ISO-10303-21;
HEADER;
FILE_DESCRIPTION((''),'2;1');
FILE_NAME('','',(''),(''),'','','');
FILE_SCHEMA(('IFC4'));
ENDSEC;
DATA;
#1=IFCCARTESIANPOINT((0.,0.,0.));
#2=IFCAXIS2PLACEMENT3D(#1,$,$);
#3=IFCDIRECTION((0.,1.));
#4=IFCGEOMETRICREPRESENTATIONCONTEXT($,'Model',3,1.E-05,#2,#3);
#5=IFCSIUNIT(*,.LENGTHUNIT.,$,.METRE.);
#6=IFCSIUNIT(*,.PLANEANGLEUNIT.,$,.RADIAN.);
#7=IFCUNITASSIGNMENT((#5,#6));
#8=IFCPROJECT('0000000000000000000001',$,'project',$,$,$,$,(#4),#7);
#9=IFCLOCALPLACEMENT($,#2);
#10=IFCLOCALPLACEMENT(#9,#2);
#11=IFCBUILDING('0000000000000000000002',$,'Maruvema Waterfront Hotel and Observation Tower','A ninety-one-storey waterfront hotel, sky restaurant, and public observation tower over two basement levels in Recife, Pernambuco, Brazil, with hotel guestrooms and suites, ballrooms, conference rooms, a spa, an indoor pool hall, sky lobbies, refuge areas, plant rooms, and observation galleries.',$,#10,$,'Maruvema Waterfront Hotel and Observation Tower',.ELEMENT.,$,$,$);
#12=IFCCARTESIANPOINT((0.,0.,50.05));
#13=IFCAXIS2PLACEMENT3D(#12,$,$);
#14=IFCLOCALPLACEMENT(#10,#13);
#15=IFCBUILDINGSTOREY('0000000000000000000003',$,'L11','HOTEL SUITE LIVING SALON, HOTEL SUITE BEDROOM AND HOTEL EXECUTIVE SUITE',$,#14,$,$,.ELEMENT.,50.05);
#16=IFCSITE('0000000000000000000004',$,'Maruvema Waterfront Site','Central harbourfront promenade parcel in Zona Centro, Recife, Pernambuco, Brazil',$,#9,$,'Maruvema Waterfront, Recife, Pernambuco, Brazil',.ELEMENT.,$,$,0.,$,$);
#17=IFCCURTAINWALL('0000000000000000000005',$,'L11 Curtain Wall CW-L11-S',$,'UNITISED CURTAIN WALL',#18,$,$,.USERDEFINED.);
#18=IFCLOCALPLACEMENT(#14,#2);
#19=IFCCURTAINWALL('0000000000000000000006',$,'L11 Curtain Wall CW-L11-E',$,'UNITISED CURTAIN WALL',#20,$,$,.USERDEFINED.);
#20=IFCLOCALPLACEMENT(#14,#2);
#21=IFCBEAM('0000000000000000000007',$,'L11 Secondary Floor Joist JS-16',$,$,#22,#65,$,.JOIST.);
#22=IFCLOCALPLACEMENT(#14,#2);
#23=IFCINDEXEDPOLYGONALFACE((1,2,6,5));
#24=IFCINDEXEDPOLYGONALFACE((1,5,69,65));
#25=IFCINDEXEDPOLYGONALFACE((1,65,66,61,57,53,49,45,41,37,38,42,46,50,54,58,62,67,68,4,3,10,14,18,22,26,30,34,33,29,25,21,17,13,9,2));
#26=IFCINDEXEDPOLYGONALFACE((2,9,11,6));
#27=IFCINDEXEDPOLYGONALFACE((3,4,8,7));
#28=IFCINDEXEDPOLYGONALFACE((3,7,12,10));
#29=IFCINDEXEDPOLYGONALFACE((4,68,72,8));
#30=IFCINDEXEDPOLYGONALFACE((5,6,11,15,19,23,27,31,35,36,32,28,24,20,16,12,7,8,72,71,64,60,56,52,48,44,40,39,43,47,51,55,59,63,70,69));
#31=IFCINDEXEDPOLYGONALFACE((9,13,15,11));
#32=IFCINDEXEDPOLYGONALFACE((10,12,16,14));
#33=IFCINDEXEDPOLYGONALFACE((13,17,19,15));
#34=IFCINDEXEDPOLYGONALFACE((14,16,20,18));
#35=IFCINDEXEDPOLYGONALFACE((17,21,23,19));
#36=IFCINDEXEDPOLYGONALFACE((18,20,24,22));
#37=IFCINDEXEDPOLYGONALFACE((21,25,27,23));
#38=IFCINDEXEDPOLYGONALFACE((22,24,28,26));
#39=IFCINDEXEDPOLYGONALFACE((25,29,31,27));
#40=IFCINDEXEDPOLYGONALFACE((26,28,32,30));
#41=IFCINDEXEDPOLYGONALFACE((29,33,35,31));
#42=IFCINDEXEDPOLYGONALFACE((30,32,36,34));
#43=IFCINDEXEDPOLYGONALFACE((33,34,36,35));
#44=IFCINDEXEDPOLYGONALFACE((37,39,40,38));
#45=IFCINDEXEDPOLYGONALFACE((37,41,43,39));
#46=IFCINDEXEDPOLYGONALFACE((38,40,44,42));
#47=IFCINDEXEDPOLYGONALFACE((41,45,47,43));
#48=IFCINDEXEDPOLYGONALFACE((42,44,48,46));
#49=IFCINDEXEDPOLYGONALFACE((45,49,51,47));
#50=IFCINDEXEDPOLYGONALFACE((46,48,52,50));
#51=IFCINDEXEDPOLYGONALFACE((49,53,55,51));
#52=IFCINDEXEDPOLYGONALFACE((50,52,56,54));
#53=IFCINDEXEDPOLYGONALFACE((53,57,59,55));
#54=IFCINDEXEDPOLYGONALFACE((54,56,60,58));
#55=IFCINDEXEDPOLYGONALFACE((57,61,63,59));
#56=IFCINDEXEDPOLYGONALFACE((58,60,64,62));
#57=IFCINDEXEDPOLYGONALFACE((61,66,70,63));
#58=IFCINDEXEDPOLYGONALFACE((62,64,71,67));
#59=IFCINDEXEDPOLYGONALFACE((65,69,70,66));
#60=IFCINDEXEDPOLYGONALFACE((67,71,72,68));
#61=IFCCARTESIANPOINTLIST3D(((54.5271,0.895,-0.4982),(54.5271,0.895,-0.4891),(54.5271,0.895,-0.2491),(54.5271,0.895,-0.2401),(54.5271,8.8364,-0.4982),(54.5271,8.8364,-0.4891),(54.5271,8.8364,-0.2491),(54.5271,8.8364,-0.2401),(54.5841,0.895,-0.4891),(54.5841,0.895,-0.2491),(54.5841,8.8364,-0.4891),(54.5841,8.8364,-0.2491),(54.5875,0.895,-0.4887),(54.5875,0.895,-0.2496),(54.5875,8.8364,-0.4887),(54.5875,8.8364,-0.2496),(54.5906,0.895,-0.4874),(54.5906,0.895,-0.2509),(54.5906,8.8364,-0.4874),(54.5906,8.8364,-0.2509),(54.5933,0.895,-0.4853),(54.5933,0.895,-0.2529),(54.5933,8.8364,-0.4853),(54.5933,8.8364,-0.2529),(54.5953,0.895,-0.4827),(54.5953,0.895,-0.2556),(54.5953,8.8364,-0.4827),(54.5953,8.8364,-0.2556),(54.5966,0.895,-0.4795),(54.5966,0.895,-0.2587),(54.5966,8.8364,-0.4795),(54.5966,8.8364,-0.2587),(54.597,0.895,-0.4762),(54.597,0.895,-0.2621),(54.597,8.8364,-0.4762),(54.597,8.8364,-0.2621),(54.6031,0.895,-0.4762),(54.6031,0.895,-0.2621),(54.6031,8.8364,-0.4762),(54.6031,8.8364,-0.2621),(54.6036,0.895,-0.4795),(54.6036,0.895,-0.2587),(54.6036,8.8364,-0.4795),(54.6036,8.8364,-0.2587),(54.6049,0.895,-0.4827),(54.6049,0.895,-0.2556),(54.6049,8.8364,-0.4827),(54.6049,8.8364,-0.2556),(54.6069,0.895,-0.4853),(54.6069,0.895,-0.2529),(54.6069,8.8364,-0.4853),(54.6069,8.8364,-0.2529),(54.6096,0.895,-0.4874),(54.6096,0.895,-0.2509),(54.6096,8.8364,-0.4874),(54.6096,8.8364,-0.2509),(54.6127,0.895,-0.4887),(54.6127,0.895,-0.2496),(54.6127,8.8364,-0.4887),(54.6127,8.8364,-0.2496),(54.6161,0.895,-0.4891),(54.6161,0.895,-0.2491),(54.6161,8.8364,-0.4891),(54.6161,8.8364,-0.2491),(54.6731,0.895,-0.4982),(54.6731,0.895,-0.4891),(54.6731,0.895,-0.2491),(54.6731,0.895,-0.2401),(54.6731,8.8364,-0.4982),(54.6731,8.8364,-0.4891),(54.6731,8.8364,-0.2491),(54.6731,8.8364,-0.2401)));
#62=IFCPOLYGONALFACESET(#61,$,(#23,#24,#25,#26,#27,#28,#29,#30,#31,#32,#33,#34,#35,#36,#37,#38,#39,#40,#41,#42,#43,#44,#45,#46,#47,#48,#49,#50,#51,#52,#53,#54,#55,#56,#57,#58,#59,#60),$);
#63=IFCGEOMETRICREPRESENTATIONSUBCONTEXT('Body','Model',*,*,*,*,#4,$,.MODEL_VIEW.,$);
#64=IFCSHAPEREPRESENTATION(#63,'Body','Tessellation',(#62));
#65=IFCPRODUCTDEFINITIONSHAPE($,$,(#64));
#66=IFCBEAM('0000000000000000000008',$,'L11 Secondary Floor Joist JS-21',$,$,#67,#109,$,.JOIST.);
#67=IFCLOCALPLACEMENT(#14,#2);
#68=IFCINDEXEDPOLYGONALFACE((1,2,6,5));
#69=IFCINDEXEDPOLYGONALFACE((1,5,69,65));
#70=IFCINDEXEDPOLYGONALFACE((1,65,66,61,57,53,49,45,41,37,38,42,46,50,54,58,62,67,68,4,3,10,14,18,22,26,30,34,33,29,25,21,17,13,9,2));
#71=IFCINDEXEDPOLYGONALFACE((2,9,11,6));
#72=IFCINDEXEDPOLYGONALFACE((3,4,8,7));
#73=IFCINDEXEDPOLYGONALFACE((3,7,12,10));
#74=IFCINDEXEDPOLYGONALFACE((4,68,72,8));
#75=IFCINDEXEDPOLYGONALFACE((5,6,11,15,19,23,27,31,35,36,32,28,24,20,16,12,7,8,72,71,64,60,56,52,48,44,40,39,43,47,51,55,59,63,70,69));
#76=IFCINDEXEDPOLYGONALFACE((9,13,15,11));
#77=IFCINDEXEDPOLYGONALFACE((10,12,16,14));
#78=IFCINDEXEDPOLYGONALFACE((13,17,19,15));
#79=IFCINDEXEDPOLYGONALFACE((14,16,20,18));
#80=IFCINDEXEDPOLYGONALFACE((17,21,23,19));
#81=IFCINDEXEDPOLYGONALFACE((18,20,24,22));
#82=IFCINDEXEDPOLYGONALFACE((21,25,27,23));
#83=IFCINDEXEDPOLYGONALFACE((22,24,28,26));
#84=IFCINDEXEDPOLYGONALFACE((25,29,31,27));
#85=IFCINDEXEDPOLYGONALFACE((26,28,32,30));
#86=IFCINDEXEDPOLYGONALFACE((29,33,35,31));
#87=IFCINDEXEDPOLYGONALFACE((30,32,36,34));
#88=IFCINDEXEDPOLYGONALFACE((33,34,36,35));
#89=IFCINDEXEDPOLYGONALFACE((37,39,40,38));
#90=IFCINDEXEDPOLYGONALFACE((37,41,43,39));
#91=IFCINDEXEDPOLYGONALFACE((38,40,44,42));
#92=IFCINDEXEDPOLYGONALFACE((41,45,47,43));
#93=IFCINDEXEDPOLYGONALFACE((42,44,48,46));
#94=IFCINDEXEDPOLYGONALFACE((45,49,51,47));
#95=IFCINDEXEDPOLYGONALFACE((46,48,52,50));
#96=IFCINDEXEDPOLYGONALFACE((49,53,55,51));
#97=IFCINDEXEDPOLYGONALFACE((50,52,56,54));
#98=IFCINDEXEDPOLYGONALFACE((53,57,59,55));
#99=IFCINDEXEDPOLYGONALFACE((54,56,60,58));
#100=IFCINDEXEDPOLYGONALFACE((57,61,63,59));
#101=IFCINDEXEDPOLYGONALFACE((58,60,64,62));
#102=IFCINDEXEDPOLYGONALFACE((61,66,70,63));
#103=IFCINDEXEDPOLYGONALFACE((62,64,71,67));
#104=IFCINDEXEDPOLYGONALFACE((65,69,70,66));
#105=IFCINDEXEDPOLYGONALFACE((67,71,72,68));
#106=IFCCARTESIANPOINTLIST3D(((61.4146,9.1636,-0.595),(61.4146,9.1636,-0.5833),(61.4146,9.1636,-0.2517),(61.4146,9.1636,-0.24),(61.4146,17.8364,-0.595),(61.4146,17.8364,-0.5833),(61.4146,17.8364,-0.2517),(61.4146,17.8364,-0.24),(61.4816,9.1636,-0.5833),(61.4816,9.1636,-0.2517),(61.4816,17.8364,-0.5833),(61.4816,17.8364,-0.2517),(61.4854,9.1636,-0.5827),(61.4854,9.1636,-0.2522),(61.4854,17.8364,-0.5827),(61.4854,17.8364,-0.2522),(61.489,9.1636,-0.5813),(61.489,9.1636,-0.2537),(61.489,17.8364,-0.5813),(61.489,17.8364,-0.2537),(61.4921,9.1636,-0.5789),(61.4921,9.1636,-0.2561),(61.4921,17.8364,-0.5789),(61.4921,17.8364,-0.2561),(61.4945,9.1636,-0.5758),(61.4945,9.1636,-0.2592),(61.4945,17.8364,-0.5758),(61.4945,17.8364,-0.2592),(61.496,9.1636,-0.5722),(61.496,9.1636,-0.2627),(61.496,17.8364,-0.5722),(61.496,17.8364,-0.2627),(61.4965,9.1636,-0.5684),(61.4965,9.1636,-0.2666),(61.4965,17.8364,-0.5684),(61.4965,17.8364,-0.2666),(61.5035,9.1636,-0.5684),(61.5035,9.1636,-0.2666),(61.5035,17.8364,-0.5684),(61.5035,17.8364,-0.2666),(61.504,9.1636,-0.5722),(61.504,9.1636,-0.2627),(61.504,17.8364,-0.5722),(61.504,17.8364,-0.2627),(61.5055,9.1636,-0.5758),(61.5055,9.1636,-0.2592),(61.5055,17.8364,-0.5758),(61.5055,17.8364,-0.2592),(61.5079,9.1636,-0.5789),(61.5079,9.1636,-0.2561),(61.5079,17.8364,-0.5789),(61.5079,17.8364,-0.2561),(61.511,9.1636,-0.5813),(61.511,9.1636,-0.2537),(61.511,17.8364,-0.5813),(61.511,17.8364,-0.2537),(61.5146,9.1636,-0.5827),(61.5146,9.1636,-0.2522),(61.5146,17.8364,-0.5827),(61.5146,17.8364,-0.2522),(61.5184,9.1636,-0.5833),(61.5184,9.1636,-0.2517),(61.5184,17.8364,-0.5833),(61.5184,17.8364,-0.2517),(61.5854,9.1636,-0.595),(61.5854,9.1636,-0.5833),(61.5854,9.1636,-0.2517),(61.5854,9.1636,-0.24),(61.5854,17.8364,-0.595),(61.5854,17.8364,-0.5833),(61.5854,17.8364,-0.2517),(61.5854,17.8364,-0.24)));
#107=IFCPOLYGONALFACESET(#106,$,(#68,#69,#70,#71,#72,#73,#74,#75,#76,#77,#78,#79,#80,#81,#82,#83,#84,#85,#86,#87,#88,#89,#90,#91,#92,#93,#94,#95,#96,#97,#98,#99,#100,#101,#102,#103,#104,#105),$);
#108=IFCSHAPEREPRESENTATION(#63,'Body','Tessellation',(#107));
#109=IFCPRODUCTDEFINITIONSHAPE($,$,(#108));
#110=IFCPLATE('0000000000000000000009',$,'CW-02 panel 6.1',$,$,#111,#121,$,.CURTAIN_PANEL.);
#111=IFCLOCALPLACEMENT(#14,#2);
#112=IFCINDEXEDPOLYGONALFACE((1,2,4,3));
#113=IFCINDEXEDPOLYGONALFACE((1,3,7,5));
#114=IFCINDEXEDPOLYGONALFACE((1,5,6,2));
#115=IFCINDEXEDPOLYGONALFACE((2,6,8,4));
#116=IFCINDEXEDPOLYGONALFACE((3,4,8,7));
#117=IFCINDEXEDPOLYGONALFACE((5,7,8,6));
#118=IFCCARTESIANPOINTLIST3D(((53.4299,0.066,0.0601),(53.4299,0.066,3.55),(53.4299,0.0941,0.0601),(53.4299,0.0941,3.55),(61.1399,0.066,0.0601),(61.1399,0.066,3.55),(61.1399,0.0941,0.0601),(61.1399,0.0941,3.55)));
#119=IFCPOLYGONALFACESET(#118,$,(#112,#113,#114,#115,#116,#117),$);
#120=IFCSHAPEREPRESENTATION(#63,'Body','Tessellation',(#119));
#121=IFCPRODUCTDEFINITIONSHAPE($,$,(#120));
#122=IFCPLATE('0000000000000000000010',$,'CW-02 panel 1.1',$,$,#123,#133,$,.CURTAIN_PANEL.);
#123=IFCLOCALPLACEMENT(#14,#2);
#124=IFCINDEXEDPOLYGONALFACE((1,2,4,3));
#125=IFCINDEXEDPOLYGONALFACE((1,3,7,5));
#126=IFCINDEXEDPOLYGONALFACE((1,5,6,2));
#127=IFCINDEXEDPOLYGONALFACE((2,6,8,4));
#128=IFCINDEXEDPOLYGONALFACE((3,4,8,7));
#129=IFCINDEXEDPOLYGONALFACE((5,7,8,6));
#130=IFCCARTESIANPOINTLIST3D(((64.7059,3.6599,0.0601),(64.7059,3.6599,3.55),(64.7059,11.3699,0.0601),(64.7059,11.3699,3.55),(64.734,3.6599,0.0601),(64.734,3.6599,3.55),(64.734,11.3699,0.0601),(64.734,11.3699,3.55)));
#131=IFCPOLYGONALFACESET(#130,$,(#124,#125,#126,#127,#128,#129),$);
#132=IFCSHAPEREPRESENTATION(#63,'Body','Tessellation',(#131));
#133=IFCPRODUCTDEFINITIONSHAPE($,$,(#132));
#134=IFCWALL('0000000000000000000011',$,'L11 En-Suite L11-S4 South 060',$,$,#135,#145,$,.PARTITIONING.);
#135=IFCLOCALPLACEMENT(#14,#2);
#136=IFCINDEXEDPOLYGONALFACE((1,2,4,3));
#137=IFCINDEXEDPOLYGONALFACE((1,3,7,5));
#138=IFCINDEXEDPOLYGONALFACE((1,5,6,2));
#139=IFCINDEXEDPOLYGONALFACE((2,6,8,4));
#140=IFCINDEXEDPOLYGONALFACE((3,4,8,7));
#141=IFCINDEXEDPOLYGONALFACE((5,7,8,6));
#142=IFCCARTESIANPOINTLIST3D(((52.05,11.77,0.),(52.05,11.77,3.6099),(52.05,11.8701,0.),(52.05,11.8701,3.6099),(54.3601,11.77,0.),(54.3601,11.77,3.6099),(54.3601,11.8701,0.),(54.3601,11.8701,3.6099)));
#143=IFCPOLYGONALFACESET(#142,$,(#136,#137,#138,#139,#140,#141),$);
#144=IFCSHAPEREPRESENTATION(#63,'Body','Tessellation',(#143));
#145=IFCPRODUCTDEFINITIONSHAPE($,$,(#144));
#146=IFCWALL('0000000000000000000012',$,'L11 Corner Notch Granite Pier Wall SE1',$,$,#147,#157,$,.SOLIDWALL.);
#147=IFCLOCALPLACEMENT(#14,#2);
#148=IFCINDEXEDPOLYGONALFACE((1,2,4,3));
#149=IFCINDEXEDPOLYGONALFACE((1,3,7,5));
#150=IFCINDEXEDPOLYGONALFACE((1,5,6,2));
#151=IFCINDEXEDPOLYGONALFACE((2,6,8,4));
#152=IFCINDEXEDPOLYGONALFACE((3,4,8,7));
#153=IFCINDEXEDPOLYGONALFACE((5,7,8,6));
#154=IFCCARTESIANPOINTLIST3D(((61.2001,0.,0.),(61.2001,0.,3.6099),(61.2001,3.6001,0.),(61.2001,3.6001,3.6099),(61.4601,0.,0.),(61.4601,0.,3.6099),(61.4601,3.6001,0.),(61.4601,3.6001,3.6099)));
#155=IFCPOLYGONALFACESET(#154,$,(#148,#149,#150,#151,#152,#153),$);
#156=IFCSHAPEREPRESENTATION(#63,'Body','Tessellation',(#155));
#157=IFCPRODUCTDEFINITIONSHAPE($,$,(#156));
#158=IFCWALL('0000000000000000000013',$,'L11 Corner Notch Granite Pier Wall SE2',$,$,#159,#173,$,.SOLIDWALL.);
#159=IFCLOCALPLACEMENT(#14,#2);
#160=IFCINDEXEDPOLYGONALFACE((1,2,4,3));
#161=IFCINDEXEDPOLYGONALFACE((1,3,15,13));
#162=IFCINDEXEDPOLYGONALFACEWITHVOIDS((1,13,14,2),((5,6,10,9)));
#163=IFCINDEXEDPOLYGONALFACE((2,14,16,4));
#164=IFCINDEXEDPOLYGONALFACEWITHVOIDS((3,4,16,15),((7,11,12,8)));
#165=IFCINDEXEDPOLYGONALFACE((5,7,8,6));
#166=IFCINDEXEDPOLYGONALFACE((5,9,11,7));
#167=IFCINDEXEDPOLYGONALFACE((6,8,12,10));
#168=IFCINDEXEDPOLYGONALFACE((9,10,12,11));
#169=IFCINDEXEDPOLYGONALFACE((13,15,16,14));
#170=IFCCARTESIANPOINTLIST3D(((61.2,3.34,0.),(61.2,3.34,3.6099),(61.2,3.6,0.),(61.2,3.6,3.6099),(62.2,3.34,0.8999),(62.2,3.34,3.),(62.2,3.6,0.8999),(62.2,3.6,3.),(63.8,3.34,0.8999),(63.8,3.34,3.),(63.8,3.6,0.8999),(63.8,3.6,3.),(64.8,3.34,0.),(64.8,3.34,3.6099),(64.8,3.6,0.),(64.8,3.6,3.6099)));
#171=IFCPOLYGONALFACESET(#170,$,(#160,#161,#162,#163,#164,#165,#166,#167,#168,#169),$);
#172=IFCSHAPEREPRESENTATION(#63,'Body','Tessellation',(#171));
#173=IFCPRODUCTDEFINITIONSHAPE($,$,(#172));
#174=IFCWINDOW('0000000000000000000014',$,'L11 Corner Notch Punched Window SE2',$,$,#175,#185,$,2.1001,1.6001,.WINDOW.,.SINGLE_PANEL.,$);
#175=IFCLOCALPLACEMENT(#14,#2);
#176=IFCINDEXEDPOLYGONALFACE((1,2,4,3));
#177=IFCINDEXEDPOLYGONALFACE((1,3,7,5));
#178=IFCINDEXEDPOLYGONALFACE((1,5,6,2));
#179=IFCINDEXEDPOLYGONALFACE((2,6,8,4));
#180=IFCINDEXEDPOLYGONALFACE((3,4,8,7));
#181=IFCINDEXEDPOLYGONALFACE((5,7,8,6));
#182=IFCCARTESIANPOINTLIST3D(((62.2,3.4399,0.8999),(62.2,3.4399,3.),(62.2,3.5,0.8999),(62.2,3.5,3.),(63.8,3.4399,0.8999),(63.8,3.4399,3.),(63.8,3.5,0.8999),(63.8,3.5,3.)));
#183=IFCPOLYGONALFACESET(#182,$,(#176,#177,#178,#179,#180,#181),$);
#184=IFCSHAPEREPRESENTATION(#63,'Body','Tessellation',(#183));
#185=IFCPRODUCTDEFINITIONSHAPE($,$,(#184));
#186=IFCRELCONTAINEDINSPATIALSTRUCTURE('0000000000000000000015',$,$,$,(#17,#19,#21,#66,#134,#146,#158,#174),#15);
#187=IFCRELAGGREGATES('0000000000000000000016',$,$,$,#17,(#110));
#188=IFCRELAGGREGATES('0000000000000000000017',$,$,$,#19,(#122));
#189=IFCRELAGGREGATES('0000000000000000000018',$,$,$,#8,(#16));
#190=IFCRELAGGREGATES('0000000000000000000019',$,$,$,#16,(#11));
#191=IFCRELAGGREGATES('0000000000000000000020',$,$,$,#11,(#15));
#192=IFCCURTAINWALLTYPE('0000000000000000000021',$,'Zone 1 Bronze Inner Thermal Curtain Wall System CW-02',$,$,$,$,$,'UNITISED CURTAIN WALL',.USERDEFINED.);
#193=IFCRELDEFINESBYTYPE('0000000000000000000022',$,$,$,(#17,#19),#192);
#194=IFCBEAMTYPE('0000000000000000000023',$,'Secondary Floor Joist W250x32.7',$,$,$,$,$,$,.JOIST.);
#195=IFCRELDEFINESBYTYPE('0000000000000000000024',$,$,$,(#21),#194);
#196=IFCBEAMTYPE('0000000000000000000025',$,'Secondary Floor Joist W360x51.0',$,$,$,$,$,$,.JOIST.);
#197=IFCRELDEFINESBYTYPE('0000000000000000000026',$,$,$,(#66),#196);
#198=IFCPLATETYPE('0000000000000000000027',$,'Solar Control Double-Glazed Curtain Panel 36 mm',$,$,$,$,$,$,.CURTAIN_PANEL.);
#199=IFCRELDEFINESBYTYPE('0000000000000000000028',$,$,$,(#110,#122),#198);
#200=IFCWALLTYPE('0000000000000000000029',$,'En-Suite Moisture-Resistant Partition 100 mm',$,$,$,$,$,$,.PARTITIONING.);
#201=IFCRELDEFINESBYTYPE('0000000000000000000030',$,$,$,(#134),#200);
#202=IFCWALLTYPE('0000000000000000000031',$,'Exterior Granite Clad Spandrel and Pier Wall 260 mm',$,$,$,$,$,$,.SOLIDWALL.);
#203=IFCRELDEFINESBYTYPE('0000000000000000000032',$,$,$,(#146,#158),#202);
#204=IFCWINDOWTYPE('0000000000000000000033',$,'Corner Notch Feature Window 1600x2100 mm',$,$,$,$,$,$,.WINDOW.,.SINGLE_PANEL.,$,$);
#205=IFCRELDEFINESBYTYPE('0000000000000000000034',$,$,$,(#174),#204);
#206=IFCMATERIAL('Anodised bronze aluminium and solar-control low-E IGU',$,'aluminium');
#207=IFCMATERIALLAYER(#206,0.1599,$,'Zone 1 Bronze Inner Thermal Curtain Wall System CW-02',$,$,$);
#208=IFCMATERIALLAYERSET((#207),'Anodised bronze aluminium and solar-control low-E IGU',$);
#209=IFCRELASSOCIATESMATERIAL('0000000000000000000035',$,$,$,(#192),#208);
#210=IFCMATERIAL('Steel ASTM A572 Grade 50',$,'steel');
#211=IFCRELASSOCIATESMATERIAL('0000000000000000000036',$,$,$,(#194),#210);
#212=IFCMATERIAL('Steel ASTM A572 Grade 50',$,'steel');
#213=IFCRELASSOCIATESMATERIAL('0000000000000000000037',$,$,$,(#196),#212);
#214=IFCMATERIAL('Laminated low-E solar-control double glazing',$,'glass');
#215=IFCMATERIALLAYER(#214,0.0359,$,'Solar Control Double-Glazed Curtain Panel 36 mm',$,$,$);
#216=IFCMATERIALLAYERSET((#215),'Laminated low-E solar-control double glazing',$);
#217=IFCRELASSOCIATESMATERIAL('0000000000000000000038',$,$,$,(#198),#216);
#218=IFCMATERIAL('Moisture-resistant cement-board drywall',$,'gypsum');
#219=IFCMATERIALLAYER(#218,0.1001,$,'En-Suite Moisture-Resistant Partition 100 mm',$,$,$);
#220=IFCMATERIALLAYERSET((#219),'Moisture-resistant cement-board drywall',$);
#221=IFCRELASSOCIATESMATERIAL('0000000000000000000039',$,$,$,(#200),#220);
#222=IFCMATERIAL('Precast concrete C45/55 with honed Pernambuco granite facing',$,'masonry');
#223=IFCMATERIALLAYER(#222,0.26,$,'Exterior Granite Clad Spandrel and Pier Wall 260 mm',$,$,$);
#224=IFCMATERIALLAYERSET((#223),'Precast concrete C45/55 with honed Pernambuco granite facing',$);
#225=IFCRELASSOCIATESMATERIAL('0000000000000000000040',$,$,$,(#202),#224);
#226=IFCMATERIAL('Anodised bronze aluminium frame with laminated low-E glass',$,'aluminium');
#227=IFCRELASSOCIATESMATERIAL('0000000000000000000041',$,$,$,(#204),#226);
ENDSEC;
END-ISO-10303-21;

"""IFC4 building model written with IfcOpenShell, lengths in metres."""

from ifc_helpers import new_model, si_unit, direction, frame, frame_2d, origin, origin_2d, place, context, subcontext, project, spatial, rectangle, i_section, extrude, material, layer, layer_set, material_profile, profile_set, type_object, element, fill, aggregate, save


model = new_model("IFC4")

# Units and contexts
model_context = context("Model", 3, precision=1e-05, world=origin(), true_north=direction((0.0, 1.0)))
body_context = subcontext(model_context, "Body", "Model", "MODEL_VIEW")
ifc_project = project(units=[si_unit("LENGTHUNIT", "METRE"), si_unit("PLANEANGLEUNIT", "RADIAN")], contexts=[model_context])

# Site, building, storey
site_placement = place(None, origin())
site = spatial("IfcSite", under=ifc_project, at=site_placement, Name="Maruvema Waterfront Site", Description="Central harbourfront promenade parcel in Zona Centro, Recife, Pernambuco, Brazil", LongName="Maruvema Waterfront, Recife, Pernambuco, Brazil", CompositionType="ELEMENT", RefElevation=0.0)
building_placement = place(site_placement, origin())
building = spatial("IfcBuilding", under=site, at=building_placement, Name="Maruvema Waterfront Hotel and Observation Tower", Description="A ninety-one-storey waterfront hotel, sky restaurant, and public observation tower over two basement levels in Recife, Pernambuco, Brazil, with hotel guestrooms and suites, ballrooms, conference rooms, a spa, an indoor pool hall, sky lobbies, refuge areas, plant rooms, and observation galleries.", LongName="Maruvema Waterfront Hotel and Observation Tower", CompositionType="ELEMENT")
storey_placement = place(building_placement, frame((0.0, 0.0, 50.05)))
storey = spatial("IfcBuildingStorey", under=building, at=storey_placement, Name="L11", Description="HOTEL SUITE LIVING SALON, HOTEL SUITE BEDROOM AND HOTEL EXECUTIVE SUITE", CompositionType="ELEMENT", Elevation=50.05)

# Curtain walls
ifc_material_1 = material(Name="Anodised bronze aluminium and solar-control low-E IGU", Category="aluminium")
ifc_layer_1 = layer(ifc_material_1, 0.1599, Name="Zone 1 Bronze Inner Thermal Curtain Wall System CW-02")
ifc_layer_set_1 = layer_set([ifc_layer_1], Name="Anodised bronze aluminium and solar-control low-E IGU")
curtain_wall_type = type_object("IfcCurtainWallType", Name="Zone 1 Bronze Inner Thermal Curtain Wall System CW-02", ElementType="UNITISED CURTAIN WALL", PredefinedType="USERDEFINED", material=ifc_layer_set_1)
curtain_wall_1_placement = place(storey_placement, origin())
curtain_wall_1 = element("IfcCurtainWall", 1, at=curtain_wall_1_placement, inside=storey, type_object=curtain_wall_type, Name="L11 Curtain Wall CW-L11-S", ObjectType="UNITISED CURTAIN WALL", PredefinedType="USERDEFINED")
curtain_wall_2_placement = place(storey_placement, origin())
curtain_wall_2 = element("IfcCurtainWall", 2, at=curtain_wall_2_placement, inside=storey, type_object=curtain_wall_type, Name="L11 Curtain Wall CW-L11-E", ObjectType="UNITISED CURTAIN WALL", PredefinedType="USERDEFINED")

# Beams
ifc_material_2 = material(Name="Steel ASTM A572 Grade 50", Category="steel")
ifc_material_profile_1 = material_profile(ifc_material_2, i_section(OverallWidth=0.146, OverallDepth=0.2581, WebThickness=0.0061, FlangeThickness=0.009, FilletRadius=0.0129, at=origin_2d()), Name="W250x32.7")
ifc_profile_set_1 = profile_set([ifc_material_profile_1], Name="Steel ASTM A572 Grade 50")
beam_type_1 = type_object("IfcBeamType", Name="Secondary Floor Joist W250x32.7", PredefinedType="JOIST", material=ifc_profile_set_1)
beam_1_placement = place(storey_placement, frame((54.6001, 0.895, -0.3691), z_axis=(0.0, 1.0, 0.0), x_axis=(-1.0, 0.0, 0.0)))
element("IfcBeam", 3, at=beam_1_placement, inside=storey, type_object=beam_type_1, Name="L11 Secondary Floor Joist JS-16", PredefinedType="JOIST", context=body_context, shape_type="SweptSolid", body=[
    extrude(i_section(OverallWidth=0.146, OverallDepth=0.2581, WebThickness=0.0061, FlangeThickness=0.009, FilletRadius=0.0129, at=origin_2d()), origin(), (0.0, 0.0, 1.0), 7.9414),
])
ifc_material_3 = material(Name="Steel ASTM A572 Grade 50", Category="steel")
ifc_material_profile_2 = material_profile(ifc_material_3, i_section(OverallWidth=0.1709, OverallDepth=0.355, WebThickness=0.0071, FlangeThickness=0.0117, FilletRadius=0.0149, at=origin_2d()), Name="W360x51.0")
ifc_profile_set_2 = profile_set([ifc_material_profile_2], Name="Steel ASTM A572 Grade 50")
beam_type_2 = type_object("IfcBeamType", Name="Secondary Floor Joist W360x51.0", PredefinedType="JOIST", material=ifc_profile_set_2)
beam_2_placement = place(storey_placement, frame((61.5, 9.1636, -0.4175), z_axis=(0.0, 1.0, 0.0), x_axis=(-1.0, 0.0, 0.0)))
element("IfcBeam", 4, at=beam_2_placement, inside=storey, type_object=beam_type_2, Name="L11 Secondary Floor Joist JS-21", PredefinedType="JOIST", context=body_context, shape_type="SweptSolid", body=[
    extrude(i_section(OverallWidth=0.1709, OverallDepth=0.355, WebThickness=0.0071, FlangeThickness=0.0117, FilletRadius=0.0149, at=origin_2d()), origin(), (0.0, 0.0, 1.0), 8.6729),
])

# Plates
ifc_material_4 = material(Name="Laminated low-E solar-control double glazing", Category="glass")
ifc_layer_2 = layer(ifc_material_4, 0.0359, Name="Solar Control Double-Glazed Curtain Panel 36 mm")
ifc_layer_set_2 = layer_set([ifc_layer_2], Name="Laminated low-E solar-control double glazing")
plate_type = type_object("IfcPlateType", Name="Solar Control Double-Glazed Curtain Panel 36 mm", PredefinedType="CURTAIN_PANEL", material=ifc_layer_set_2)
plate_1_placement = place(storey_placement, frame((57.2849, 0.0801, 0.0601), z_axis=(0.0, 0.0, 1.0), x_axis=(1.0, 0.0, 0.0)))
plate_1 = element("IfcPlate", 5, at=plate_1_placement, type_object=plate_type, Name="CW-02 panel 6.1", PredefinedType="CURTAIN_PANEL", context=body_context, shape_type="SweptSolid", body=[
    extrude(rectangle(XDim=7.71, YDim=0.0281, at=origin_2d()), origin(), (0.0, 0.0, 1.0), 3.49),
])
aggregate(curtain_wall_1, [plate_1])
plate_2_placement = place(storey_placement, frame((64.72, 7.5149, 0.0601), z_axis=(0.0, 0.0, 1.0), x_axis=(0.0, 1.0, 0.0)))
plate_2 = element("IfcPlate", 6, at=plate_2_placement, type_object=plate_type, Name="CW-02 panel 1.1", PredefinedType="CURTAIN_PANEL", context=body_context, shape_type="SweptSolid", body=[
    extrude(rectangle(XDim=7.71, YDim=0.0281, at=origin_2d()), origin(), (0.0, 0.0, 1.0), 3.49),
])
aggregate(curtain_wall_2, [plate_2])

# Walls
ifc_material_5 = material(Name="Moisture-resistant cement-board drywall", Category="gypsum")
ifc_layer_3 = layer(ifc_material_5, 0.1001, Name="En-Suite Moisture-Resistant Partition 100 mm")
ifc_layer_set_3 = layer_set([ifc_layer_3], Name="Moisture-resistant cement-board drywall")
wall_type_1 = type_object("IfcWallType", Name="En-Suite Moisture-Resistant Partition 100 mm", PredefinedType="PARTITIONING", material=ifc_layer_set_3)
wall_1_placement = place(storey_placement, frame((52.05, 11.8201, 0.0), z_axis=(0.0, 0.0, 1.0), x_axis=(1.0, 0.0, 0.0)))
element("IfcWall", 7, at=wall_1_placement, inside=storey, type_object=wall_type_1, Name="L11 En-Suite L11-S4 South 060", PredefinedType="PARTITIONING", context=body_context, shape_type="SweptSolid", body=[
    extrude(rectangle(XDim=2.3101, YDim=0.1001, at=frame_2d((1.155, 0.0))), origin(), (0.0, 0.0, 1.0), 3.6099),
])
ifc_material_6 = material(Name="Precast concrete C45/55 with honed Pernambuco granite facing", Category="masonry")
ifc_layer_4 = layer(ifc_material_6, 0.26, Name="Exterior Granite Clad Spandrel and Pier Wall 260 mm")
ifc_layer_set_4 = layer_set([ifc_layer_4], Name="Precast concrete C45/55 with honed Pernambuco granite facing")
wall_type_2 = type_object("IfcWallType", Name="Exterior Granite Clad Spandrel and Pier Wall 260 mm", PredefinedType="SOLIDWALL", material=ifc_layer_set_4)
wall_2_placement = place(storey_placement, frame((61.3301, 3.6001, 0.0), z_axis=(0.0, 0.0, 1.0), x_axis=(0.0, -1.0, 0.0)))
element("IfcWall", 8, at=wall_2_placement, inside=storey, type_object=wall_type_2, Name="L11 Corner Notch Granite Pier Wall SE1", PredefinedType="SOLIDWALL", context=body_context, shape_type="SweptSolid", body=[
    extrude(rectangle(XDim=3.6001, YDim=0.26, at=frame_2d((1.8, 0.0))), origin(), (0.0, 0.0, 1.0), 3.6099),
])

# Wall, opening, window
wall_3_placement = place(storey_placement, frame((64.8, 3.47, 0.0), z_axis=(0.0, 0.0, 1.0), x_axis=(-1.0, 0.0, 0.0)))
wall_3 = element("IfcWall", 9, at=wall_3_placement, inside=storey, type_object=wall_type_2, Name="L11 Corner Notch Granite Pier Wall SE2", PredefinedType="SOLIDWALL", context=body_context, shape_type="SweptSolid", body=[
    extrude(rectangle(XDim=3.6001, YDim=0.26, at=frame_2d((1.8, 0.0))), origin(), (0.0, 0.0, 1.0), 3.6099),
])
opening_placement = place(wall_3_placement, frame((1.0, 0.0, 0.8999)))
opening = element("IfcOpeningElement", 10, at=opening_placement, cuts=wall_3, PredefinedType="OPENING", context=body_context, shape_type="SweptSolid", body=[
    extrude(rectangle(XDim=1.6001, YDim=2.1001, at=frame_2d((0.8, 1.05))), frame((0.0, 0.1401, 0.0), z_axis=(0.0, -1.0, 0.0), x_axis=(1.0, 0.0, 0.0)), (0.0, 0.0, 1.0), 0.28),
])
ifc_material_7 = material(Name="Anodised bronze aluminium frame with laminated low-E glass", Category="aluminium")
window_type = type_object("IfcWindowType", Name="Corner Notch Feature Window 1600x2100 mm", PartitioningType="SINGLE_PANEL", PredefinedType="WINDOW", material=ifc_material_7)
window_placement = place(opening_placement, origin())
window = element("IfcWindow", 11, at=window_placement, inside=storey, type_object=window_type, Name="L11 Corner Notch Punched Window SE2", OverallHeight=2.1001, OverallWidth=1.6001, PartitioningType="SINGLE_PANEL", PredefinedType="WINDOW", context=body_context, shape_type="SweptSolid", body=[
    extrude(rectangle(XDim=1.6001, YDim=2.1001, at=frame_2d((0.8, 1.05))), frame((0.0, 0.03, 0.0), z_axis=(0.0, -1.0, 0.0), x_axis=(1.0, 0.0, 0.0)), (0.0, 0.0, 1.0), 0.0601),
])
fill(opening, window)

save(model, "model.ifc")
